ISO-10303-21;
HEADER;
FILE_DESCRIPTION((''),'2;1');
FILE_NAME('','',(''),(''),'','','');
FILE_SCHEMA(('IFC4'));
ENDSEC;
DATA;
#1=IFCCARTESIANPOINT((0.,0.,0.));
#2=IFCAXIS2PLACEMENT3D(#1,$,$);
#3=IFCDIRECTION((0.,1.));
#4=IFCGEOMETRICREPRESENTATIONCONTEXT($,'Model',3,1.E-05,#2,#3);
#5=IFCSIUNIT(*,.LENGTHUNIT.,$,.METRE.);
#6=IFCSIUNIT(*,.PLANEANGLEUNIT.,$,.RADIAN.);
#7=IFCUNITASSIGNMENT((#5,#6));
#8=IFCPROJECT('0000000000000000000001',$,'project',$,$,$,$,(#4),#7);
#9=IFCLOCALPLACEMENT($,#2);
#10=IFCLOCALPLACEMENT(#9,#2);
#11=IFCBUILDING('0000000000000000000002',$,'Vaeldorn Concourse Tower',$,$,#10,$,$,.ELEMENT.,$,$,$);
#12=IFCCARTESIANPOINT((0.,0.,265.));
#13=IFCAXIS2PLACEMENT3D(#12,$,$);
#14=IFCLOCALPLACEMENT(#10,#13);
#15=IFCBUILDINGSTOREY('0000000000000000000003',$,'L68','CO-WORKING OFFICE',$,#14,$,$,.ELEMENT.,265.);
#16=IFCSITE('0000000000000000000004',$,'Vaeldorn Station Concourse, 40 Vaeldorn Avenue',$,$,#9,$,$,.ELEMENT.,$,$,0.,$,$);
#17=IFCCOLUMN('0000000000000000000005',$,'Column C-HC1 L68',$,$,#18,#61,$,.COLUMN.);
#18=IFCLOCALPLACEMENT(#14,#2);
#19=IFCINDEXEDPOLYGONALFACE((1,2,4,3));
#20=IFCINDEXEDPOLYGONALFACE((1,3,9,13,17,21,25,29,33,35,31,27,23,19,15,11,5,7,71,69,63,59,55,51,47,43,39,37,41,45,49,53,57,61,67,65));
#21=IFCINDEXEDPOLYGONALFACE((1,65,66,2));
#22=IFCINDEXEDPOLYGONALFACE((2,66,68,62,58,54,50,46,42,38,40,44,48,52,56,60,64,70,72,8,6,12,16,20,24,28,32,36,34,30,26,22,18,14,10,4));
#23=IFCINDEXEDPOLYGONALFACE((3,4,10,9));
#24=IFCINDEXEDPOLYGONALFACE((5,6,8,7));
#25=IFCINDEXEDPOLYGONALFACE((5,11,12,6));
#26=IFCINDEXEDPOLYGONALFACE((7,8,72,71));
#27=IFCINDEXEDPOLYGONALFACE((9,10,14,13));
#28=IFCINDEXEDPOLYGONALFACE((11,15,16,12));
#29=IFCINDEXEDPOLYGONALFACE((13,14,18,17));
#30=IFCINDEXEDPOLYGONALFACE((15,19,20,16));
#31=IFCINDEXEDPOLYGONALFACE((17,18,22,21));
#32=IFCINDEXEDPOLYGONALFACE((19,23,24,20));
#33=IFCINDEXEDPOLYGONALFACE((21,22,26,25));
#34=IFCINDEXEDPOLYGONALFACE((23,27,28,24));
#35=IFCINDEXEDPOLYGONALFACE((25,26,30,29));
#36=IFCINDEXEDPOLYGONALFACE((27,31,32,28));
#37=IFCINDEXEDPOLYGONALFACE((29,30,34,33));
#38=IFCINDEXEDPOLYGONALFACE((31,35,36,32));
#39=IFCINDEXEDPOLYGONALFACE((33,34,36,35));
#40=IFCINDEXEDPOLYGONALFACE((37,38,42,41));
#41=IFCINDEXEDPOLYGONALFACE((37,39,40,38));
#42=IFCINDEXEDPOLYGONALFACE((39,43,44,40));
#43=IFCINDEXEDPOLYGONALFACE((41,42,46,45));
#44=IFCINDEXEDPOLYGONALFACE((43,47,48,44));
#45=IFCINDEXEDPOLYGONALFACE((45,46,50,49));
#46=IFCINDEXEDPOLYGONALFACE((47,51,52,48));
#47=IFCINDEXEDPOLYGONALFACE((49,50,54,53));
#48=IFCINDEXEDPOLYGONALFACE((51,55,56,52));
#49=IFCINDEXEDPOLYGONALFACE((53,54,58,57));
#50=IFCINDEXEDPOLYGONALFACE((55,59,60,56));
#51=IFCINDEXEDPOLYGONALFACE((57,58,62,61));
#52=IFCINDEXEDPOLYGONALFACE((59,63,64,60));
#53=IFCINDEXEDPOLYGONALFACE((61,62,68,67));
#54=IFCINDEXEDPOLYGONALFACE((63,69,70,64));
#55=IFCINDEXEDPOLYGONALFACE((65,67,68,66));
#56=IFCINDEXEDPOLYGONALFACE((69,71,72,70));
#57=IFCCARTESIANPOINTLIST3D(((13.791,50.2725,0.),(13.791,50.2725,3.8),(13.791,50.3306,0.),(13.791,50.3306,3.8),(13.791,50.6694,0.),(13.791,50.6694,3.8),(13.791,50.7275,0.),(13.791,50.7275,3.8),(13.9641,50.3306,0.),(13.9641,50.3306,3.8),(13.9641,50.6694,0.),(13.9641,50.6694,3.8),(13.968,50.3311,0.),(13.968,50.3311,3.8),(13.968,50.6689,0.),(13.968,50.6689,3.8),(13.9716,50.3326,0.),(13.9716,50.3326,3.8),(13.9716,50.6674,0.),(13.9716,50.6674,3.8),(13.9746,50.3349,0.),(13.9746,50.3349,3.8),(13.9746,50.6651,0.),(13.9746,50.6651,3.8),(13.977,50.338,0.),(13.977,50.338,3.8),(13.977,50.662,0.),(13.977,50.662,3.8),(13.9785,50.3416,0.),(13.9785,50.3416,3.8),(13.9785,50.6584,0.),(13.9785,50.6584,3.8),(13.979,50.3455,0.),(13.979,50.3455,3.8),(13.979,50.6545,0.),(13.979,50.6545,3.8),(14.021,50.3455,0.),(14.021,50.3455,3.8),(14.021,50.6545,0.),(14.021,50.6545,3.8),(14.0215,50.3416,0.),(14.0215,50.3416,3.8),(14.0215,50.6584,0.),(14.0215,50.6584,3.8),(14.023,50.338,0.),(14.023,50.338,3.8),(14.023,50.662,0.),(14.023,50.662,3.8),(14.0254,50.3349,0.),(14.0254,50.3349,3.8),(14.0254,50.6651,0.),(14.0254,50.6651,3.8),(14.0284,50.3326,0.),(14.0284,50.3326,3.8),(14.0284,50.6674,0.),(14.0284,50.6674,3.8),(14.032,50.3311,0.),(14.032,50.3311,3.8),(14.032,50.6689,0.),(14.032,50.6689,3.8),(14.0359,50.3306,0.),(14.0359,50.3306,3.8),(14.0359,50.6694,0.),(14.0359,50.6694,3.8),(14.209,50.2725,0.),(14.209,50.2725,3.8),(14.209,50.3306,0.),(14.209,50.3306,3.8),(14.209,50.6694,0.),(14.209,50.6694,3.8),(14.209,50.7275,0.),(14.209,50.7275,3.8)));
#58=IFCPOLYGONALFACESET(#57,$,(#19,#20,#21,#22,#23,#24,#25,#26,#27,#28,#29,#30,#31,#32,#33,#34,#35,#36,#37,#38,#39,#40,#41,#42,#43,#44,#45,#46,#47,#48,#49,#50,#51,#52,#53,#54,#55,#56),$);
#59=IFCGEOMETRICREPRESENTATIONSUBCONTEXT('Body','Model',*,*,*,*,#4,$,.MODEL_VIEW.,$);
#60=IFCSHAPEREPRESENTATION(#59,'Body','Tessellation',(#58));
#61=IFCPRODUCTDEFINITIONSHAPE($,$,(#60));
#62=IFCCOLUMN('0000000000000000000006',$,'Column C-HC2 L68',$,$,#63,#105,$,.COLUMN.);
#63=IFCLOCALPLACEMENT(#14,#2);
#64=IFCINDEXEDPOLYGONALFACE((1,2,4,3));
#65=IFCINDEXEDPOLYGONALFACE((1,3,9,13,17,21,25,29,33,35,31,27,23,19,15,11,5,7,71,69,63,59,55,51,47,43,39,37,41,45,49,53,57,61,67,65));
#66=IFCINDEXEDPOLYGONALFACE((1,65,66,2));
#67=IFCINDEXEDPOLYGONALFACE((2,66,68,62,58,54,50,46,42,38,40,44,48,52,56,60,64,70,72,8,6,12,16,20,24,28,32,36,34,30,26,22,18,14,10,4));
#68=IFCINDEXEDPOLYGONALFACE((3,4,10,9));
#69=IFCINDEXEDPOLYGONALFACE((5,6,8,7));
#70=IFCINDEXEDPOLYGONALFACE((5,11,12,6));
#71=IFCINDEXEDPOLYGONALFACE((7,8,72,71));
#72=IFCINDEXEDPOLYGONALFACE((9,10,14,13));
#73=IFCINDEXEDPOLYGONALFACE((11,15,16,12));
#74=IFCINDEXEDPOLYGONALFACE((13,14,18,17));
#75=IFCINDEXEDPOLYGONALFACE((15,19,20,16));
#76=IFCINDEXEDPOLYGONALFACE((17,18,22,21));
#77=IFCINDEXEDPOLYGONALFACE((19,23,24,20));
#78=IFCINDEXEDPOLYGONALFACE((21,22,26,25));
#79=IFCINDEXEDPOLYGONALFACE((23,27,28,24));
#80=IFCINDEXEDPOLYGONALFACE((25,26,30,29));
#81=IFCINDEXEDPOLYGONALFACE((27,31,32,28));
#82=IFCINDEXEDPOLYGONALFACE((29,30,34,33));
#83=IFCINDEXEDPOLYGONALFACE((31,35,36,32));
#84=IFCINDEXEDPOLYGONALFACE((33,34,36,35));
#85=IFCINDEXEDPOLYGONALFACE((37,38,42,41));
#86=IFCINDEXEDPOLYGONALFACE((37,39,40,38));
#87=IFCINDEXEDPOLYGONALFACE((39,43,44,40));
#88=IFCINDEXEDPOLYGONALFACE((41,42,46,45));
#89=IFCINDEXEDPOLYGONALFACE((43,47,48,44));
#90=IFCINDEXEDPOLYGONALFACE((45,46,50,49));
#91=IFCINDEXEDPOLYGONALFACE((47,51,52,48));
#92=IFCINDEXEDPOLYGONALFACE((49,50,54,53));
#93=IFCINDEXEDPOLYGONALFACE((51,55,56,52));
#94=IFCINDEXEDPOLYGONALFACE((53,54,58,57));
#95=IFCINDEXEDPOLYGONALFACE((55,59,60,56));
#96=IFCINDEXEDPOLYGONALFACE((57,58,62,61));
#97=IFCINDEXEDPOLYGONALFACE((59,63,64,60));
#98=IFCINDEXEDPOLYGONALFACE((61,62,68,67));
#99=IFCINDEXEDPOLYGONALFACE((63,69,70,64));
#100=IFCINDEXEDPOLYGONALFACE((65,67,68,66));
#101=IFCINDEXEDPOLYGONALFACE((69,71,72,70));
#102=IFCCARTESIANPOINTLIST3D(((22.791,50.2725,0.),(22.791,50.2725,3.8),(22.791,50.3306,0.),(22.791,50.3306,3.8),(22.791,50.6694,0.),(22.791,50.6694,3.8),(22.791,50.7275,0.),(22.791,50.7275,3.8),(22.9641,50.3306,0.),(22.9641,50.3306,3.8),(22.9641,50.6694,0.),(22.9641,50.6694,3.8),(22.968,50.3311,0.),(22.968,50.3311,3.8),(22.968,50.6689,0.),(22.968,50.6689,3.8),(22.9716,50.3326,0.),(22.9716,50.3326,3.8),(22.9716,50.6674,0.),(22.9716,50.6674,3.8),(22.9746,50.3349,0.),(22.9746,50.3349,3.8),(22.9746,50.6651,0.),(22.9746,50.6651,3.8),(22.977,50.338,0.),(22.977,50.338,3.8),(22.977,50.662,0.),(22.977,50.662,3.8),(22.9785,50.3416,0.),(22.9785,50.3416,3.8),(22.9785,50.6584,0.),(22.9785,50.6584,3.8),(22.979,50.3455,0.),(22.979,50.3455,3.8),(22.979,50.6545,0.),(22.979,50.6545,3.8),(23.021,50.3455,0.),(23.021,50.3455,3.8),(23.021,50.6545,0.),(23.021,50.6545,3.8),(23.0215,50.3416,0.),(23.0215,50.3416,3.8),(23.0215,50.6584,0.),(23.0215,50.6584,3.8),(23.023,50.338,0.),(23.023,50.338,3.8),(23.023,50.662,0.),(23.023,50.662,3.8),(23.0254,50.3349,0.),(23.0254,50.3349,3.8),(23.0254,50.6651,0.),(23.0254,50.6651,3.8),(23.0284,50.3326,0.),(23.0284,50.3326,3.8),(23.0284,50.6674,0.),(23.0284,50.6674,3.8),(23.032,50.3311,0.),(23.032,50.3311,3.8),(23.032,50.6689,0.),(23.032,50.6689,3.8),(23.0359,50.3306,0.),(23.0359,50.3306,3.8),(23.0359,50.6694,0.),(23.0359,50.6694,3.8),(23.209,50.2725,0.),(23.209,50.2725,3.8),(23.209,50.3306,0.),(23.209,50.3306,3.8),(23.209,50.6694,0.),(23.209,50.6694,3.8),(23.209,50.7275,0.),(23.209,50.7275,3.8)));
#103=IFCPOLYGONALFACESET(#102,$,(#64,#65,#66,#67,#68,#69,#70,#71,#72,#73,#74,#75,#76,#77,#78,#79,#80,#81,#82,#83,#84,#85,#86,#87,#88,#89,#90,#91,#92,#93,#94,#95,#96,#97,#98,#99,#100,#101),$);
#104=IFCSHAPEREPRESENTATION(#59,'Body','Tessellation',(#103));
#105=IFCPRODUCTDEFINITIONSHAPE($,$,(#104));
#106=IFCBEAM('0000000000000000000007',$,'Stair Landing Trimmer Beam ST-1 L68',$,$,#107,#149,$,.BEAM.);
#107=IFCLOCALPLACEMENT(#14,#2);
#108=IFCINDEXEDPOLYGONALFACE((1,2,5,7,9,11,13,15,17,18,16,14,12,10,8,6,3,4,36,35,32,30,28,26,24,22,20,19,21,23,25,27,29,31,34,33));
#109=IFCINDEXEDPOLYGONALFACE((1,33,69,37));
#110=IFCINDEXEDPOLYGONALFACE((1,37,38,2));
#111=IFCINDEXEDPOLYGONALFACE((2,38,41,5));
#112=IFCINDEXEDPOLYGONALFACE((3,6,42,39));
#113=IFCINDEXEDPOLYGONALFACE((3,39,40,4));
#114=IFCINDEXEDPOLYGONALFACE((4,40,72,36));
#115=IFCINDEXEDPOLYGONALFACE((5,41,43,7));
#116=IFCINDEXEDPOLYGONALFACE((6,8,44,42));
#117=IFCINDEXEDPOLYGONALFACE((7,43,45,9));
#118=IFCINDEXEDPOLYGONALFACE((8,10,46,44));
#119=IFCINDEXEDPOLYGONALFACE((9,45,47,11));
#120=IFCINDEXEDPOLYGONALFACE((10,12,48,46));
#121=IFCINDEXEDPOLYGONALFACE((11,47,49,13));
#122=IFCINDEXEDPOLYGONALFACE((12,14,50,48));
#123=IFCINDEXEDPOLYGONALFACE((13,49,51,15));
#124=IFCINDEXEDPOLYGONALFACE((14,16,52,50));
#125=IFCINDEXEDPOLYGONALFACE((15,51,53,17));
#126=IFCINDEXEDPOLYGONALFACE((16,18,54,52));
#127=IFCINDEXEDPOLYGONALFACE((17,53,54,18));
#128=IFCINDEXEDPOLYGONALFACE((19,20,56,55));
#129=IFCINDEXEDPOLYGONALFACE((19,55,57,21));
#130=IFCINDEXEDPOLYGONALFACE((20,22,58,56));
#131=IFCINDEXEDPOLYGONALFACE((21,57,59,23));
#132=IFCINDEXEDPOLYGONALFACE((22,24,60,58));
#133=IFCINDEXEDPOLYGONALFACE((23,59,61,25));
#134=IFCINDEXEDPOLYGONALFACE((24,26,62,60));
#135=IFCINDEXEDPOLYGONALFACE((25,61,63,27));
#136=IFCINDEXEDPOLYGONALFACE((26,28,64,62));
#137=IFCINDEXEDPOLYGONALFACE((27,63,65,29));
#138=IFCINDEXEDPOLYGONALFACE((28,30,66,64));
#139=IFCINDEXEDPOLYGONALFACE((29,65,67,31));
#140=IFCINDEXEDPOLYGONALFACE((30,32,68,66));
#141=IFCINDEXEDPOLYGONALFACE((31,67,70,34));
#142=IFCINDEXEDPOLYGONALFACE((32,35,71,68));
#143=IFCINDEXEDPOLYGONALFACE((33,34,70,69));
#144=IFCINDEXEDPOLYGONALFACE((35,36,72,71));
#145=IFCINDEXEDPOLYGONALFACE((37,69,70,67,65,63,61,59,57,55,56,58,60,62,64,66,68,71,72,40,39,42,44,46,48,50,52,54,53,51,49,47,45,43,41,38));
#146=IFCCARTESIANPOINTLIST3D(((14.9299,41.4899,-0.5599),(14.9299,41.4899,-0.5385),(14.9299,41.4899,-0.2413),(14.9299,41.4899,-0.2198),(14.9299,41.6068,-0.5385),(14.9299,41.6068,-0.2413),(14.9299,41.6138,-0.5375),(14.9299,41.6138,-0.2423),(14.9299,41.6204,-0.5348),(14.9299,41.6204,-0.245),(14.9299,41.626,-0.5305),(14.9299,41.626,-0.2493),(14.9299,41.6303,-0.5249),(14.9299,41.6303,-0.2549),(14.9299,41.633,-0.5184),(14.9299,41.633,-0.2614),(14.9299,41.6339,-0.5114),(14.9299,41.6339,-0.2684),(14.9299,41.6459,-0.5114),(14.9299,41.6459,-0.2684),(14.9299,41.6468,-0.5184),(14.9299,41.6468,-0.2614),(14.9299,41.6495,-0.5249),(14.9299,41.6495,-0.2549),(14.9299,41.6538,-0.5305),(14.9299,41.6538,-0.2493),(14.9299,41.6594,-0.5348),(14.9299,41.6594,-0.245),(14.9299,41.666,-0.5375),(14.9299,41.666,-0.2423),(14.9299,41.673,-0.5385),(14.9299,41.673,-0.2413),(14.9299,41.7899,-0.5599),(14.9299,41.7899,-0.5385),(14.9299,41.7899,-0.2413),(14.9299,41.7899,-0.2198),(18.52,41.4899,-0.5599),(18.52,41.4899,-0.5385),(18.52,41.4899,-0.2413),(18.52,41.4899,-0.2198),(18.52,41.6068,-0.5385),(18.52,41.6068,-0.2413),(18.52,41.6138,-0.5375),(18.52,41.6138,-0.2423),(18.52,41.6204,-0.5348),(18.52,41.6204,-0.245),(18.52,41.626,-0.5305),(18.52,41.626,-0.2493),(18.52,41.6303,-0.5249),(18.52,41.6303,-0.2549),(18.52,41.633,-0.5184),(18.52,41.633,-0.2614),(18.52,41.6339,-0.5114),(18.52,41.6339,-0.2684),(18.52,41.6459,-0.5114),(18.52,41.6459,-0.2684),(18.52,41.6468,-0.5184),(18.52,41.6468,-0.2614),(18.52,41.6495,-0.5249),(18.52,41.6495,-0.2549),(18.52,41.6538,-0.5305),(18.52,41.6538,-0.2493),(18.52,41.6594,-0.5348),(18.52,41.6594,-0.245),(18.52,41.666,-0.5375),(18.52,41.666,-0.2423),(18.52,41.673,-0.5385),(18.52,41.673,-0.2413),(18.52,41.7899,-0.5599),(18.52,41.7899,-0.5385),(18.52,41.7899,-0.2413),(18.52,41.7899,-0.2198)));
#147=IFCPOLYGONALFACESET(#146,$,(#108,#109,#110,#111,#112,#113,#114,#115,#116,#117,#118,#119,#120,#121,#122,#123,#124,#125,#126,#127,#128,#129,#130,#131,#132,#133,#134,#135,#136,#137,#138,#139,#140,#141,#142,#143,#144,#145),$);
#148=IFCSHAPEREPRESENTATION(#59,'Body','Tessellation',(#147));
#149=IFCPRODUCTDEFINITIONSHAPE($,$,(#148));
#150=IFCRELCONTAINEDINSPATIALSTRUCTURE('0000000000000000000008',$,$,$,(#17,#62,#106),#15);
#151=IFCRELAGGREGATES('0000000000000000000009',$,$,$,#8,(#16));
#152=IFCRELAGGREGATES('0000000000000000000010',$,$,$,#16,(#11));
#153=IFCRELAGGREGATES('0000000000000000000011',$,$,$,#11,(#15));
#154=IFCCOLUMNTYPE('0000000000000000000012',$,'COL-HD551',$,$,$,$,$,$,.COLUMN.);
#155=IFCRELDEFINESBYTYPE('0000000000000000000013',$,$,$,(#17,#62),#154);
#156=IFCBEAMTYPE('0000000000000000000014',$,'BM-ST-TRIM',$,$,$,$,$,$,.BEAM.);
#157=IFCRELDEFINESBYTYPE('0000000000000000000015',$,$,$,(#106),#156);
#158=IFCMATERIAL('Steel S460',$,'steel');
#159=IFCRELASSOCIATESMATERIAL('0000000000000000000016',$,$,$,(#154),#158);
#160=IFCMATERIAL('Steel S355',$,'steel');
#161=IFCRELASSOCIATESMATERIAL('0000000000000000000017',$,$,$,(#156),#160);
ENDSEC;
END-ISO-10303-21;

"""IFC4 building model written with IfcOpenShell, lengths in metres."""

from ifc_helpers import new_model, si_unit, direction, frame, origin, origin_2d, place, context, subcontext, project, spatial, i_section, extrude, source, transform, mapped, material, material_profile, profile_set, type_object, element, save


model = new_model("IFC4")

# Units and contexts
model_context = context("Model", 3, precision=1e-05, world=origin(), true_north=direction((0.0, 1.0)))
body_context = subcontext(model_context, "Body", "Model", "MODEL_VIEW")
ifc_project = project(units=[si_unit("LENGTHUNIT", "METRE"), si_unit("PLANEANGLEUNIT", "RADIAN")], contexts=[model_context])

# Site, building, storey
site_placement = place(None, origin())
site = spatial("IfcSite", under=ifc_project, at=site_placement, Name="Vaeldorn Station Concourse, 40 Vaeldorn Avenue", CompositionType="ELEMENT", RefElevation=0.0)
building_placement = place(site_placement, origin())
building = spatial("IfcBuilding", under=site, at=building_placement, Name="Vaeldorn Concourse Tower", CompositionType="ELEMENT")
storey_placement = place(building_placement, frame((0.0, 0.0, 265.0)))
storey = spatial("IfcBuildingStorey", under=building, at=storey_placement, Name="L68", Description="CO-WORKING OFFICE", CompositionType="ELEMENT", Elevation=265.0)

# Columns
ifc_material_1 = material(Name="Steel S460", Category="steel")
ifc_material_profile_1 = material_profile(ifc_material_1, i_section(OverallWidth=0.418, OverallDepth=0.4551, WebThickness=0.042, FlangeThickness=0.0581, FilletRadius=0.0149, at=origin_2d()), Name="HD 400x551")
ifc_profile_set_1 = profile_set([ifc_material_profile_1], Name="Steel S460")
column_type = type_object("IfcColumnType", Name="COL-HD551", PredefinedType="COLUMN", material=ifc_profile_set_1)
shared_shape_1 = source(origin(), body_context, "Body", "SweptSolid", [
    extrude(i_section(OverallWidth=0.418, OverallDepth=0.4551, WebThickness=0.042, FlangeThickness=0.0581, FilletRadius=0.0149, at=origin_2d()), origin(), (0.0, 0.0, 1.0), 3.8),
])
for number, where, z_axis, x_axis, name in (
    (1, (14.0, 50.5, 0.0), (0.0, 0.0, 1.0), (1.0, 0.0, 0.0), "Column C-HC1 L68"),
    (2, (23.0, 50.5, 0.0), (0.0, 0.0, 1.0), (1.0, 0.0, 0.0), "Column C-HC2 L68"),
):
    element("IfcColumn", number, at=place(storey_placement, frame(where, z_axis=z_axis, x_axis=x_axis)), inside=storey, type_object=column_type, Name=name, PredefinedType="COLUMN", context=body_context, shape_type="MappedRepresentation", body=[
        mapped(shared_shape_1, transform((0.0, 0.0, 0.0), scale=1.0)),
    ])

# Beam
ifc_material_2 = material(Name="Steel S355", Category="steel")
ifc_material_profile_2 = material_profile(ifc_material_2, i_section(OverallWidth=0.3, OverallDepth=0.3401, WebThickness=0.012, FlangeThickness=0.0215, FilletRadius=0.0271, at=origin_2d()), Name="HEB 340")
ifc_profile_set_2 = profile_set([ifc_material_profile_2], Name="Steel S355")
beam_type_1 = type_object("IfcBeamType", Name="BM-ST-TRIM", PredefinedType="BEAM", material=ifc_profile_set_2)
shared_shape_2 = source(origin(), body_context, "Body", "SweptSolid", [
    extrude(i_section(OverallWidth=0.3, OverallDepth=0.3401, WebThickness=0.012, FlangeThickness=0.0215, FilletRadius=0.0271, at=origin_2d()), origin(), (0.0, 0.0, 1.0), 3.5901),
])
beam_1_placement = place(storey_placement, frame((14.9299, 41.6399, -0.3899), z_axis=(1.0, 0.0, 0.0), x_axis=(0.0, 1.0, 0.0)))
element("IfcBeam", 3, at=beam_1_placement, inside=storey, type_object=beam_type_1, Name="Stair Landing Trimmer Beam ST-1 L68", PredefinedType="BEAM", context=body_context, shape_type="MappedRepresentation", body=[
    mapped(shared_shape_2, transform((0.0, 0.0, 0.0), scale=1.0)),
])

save(model, "model.ifc")
